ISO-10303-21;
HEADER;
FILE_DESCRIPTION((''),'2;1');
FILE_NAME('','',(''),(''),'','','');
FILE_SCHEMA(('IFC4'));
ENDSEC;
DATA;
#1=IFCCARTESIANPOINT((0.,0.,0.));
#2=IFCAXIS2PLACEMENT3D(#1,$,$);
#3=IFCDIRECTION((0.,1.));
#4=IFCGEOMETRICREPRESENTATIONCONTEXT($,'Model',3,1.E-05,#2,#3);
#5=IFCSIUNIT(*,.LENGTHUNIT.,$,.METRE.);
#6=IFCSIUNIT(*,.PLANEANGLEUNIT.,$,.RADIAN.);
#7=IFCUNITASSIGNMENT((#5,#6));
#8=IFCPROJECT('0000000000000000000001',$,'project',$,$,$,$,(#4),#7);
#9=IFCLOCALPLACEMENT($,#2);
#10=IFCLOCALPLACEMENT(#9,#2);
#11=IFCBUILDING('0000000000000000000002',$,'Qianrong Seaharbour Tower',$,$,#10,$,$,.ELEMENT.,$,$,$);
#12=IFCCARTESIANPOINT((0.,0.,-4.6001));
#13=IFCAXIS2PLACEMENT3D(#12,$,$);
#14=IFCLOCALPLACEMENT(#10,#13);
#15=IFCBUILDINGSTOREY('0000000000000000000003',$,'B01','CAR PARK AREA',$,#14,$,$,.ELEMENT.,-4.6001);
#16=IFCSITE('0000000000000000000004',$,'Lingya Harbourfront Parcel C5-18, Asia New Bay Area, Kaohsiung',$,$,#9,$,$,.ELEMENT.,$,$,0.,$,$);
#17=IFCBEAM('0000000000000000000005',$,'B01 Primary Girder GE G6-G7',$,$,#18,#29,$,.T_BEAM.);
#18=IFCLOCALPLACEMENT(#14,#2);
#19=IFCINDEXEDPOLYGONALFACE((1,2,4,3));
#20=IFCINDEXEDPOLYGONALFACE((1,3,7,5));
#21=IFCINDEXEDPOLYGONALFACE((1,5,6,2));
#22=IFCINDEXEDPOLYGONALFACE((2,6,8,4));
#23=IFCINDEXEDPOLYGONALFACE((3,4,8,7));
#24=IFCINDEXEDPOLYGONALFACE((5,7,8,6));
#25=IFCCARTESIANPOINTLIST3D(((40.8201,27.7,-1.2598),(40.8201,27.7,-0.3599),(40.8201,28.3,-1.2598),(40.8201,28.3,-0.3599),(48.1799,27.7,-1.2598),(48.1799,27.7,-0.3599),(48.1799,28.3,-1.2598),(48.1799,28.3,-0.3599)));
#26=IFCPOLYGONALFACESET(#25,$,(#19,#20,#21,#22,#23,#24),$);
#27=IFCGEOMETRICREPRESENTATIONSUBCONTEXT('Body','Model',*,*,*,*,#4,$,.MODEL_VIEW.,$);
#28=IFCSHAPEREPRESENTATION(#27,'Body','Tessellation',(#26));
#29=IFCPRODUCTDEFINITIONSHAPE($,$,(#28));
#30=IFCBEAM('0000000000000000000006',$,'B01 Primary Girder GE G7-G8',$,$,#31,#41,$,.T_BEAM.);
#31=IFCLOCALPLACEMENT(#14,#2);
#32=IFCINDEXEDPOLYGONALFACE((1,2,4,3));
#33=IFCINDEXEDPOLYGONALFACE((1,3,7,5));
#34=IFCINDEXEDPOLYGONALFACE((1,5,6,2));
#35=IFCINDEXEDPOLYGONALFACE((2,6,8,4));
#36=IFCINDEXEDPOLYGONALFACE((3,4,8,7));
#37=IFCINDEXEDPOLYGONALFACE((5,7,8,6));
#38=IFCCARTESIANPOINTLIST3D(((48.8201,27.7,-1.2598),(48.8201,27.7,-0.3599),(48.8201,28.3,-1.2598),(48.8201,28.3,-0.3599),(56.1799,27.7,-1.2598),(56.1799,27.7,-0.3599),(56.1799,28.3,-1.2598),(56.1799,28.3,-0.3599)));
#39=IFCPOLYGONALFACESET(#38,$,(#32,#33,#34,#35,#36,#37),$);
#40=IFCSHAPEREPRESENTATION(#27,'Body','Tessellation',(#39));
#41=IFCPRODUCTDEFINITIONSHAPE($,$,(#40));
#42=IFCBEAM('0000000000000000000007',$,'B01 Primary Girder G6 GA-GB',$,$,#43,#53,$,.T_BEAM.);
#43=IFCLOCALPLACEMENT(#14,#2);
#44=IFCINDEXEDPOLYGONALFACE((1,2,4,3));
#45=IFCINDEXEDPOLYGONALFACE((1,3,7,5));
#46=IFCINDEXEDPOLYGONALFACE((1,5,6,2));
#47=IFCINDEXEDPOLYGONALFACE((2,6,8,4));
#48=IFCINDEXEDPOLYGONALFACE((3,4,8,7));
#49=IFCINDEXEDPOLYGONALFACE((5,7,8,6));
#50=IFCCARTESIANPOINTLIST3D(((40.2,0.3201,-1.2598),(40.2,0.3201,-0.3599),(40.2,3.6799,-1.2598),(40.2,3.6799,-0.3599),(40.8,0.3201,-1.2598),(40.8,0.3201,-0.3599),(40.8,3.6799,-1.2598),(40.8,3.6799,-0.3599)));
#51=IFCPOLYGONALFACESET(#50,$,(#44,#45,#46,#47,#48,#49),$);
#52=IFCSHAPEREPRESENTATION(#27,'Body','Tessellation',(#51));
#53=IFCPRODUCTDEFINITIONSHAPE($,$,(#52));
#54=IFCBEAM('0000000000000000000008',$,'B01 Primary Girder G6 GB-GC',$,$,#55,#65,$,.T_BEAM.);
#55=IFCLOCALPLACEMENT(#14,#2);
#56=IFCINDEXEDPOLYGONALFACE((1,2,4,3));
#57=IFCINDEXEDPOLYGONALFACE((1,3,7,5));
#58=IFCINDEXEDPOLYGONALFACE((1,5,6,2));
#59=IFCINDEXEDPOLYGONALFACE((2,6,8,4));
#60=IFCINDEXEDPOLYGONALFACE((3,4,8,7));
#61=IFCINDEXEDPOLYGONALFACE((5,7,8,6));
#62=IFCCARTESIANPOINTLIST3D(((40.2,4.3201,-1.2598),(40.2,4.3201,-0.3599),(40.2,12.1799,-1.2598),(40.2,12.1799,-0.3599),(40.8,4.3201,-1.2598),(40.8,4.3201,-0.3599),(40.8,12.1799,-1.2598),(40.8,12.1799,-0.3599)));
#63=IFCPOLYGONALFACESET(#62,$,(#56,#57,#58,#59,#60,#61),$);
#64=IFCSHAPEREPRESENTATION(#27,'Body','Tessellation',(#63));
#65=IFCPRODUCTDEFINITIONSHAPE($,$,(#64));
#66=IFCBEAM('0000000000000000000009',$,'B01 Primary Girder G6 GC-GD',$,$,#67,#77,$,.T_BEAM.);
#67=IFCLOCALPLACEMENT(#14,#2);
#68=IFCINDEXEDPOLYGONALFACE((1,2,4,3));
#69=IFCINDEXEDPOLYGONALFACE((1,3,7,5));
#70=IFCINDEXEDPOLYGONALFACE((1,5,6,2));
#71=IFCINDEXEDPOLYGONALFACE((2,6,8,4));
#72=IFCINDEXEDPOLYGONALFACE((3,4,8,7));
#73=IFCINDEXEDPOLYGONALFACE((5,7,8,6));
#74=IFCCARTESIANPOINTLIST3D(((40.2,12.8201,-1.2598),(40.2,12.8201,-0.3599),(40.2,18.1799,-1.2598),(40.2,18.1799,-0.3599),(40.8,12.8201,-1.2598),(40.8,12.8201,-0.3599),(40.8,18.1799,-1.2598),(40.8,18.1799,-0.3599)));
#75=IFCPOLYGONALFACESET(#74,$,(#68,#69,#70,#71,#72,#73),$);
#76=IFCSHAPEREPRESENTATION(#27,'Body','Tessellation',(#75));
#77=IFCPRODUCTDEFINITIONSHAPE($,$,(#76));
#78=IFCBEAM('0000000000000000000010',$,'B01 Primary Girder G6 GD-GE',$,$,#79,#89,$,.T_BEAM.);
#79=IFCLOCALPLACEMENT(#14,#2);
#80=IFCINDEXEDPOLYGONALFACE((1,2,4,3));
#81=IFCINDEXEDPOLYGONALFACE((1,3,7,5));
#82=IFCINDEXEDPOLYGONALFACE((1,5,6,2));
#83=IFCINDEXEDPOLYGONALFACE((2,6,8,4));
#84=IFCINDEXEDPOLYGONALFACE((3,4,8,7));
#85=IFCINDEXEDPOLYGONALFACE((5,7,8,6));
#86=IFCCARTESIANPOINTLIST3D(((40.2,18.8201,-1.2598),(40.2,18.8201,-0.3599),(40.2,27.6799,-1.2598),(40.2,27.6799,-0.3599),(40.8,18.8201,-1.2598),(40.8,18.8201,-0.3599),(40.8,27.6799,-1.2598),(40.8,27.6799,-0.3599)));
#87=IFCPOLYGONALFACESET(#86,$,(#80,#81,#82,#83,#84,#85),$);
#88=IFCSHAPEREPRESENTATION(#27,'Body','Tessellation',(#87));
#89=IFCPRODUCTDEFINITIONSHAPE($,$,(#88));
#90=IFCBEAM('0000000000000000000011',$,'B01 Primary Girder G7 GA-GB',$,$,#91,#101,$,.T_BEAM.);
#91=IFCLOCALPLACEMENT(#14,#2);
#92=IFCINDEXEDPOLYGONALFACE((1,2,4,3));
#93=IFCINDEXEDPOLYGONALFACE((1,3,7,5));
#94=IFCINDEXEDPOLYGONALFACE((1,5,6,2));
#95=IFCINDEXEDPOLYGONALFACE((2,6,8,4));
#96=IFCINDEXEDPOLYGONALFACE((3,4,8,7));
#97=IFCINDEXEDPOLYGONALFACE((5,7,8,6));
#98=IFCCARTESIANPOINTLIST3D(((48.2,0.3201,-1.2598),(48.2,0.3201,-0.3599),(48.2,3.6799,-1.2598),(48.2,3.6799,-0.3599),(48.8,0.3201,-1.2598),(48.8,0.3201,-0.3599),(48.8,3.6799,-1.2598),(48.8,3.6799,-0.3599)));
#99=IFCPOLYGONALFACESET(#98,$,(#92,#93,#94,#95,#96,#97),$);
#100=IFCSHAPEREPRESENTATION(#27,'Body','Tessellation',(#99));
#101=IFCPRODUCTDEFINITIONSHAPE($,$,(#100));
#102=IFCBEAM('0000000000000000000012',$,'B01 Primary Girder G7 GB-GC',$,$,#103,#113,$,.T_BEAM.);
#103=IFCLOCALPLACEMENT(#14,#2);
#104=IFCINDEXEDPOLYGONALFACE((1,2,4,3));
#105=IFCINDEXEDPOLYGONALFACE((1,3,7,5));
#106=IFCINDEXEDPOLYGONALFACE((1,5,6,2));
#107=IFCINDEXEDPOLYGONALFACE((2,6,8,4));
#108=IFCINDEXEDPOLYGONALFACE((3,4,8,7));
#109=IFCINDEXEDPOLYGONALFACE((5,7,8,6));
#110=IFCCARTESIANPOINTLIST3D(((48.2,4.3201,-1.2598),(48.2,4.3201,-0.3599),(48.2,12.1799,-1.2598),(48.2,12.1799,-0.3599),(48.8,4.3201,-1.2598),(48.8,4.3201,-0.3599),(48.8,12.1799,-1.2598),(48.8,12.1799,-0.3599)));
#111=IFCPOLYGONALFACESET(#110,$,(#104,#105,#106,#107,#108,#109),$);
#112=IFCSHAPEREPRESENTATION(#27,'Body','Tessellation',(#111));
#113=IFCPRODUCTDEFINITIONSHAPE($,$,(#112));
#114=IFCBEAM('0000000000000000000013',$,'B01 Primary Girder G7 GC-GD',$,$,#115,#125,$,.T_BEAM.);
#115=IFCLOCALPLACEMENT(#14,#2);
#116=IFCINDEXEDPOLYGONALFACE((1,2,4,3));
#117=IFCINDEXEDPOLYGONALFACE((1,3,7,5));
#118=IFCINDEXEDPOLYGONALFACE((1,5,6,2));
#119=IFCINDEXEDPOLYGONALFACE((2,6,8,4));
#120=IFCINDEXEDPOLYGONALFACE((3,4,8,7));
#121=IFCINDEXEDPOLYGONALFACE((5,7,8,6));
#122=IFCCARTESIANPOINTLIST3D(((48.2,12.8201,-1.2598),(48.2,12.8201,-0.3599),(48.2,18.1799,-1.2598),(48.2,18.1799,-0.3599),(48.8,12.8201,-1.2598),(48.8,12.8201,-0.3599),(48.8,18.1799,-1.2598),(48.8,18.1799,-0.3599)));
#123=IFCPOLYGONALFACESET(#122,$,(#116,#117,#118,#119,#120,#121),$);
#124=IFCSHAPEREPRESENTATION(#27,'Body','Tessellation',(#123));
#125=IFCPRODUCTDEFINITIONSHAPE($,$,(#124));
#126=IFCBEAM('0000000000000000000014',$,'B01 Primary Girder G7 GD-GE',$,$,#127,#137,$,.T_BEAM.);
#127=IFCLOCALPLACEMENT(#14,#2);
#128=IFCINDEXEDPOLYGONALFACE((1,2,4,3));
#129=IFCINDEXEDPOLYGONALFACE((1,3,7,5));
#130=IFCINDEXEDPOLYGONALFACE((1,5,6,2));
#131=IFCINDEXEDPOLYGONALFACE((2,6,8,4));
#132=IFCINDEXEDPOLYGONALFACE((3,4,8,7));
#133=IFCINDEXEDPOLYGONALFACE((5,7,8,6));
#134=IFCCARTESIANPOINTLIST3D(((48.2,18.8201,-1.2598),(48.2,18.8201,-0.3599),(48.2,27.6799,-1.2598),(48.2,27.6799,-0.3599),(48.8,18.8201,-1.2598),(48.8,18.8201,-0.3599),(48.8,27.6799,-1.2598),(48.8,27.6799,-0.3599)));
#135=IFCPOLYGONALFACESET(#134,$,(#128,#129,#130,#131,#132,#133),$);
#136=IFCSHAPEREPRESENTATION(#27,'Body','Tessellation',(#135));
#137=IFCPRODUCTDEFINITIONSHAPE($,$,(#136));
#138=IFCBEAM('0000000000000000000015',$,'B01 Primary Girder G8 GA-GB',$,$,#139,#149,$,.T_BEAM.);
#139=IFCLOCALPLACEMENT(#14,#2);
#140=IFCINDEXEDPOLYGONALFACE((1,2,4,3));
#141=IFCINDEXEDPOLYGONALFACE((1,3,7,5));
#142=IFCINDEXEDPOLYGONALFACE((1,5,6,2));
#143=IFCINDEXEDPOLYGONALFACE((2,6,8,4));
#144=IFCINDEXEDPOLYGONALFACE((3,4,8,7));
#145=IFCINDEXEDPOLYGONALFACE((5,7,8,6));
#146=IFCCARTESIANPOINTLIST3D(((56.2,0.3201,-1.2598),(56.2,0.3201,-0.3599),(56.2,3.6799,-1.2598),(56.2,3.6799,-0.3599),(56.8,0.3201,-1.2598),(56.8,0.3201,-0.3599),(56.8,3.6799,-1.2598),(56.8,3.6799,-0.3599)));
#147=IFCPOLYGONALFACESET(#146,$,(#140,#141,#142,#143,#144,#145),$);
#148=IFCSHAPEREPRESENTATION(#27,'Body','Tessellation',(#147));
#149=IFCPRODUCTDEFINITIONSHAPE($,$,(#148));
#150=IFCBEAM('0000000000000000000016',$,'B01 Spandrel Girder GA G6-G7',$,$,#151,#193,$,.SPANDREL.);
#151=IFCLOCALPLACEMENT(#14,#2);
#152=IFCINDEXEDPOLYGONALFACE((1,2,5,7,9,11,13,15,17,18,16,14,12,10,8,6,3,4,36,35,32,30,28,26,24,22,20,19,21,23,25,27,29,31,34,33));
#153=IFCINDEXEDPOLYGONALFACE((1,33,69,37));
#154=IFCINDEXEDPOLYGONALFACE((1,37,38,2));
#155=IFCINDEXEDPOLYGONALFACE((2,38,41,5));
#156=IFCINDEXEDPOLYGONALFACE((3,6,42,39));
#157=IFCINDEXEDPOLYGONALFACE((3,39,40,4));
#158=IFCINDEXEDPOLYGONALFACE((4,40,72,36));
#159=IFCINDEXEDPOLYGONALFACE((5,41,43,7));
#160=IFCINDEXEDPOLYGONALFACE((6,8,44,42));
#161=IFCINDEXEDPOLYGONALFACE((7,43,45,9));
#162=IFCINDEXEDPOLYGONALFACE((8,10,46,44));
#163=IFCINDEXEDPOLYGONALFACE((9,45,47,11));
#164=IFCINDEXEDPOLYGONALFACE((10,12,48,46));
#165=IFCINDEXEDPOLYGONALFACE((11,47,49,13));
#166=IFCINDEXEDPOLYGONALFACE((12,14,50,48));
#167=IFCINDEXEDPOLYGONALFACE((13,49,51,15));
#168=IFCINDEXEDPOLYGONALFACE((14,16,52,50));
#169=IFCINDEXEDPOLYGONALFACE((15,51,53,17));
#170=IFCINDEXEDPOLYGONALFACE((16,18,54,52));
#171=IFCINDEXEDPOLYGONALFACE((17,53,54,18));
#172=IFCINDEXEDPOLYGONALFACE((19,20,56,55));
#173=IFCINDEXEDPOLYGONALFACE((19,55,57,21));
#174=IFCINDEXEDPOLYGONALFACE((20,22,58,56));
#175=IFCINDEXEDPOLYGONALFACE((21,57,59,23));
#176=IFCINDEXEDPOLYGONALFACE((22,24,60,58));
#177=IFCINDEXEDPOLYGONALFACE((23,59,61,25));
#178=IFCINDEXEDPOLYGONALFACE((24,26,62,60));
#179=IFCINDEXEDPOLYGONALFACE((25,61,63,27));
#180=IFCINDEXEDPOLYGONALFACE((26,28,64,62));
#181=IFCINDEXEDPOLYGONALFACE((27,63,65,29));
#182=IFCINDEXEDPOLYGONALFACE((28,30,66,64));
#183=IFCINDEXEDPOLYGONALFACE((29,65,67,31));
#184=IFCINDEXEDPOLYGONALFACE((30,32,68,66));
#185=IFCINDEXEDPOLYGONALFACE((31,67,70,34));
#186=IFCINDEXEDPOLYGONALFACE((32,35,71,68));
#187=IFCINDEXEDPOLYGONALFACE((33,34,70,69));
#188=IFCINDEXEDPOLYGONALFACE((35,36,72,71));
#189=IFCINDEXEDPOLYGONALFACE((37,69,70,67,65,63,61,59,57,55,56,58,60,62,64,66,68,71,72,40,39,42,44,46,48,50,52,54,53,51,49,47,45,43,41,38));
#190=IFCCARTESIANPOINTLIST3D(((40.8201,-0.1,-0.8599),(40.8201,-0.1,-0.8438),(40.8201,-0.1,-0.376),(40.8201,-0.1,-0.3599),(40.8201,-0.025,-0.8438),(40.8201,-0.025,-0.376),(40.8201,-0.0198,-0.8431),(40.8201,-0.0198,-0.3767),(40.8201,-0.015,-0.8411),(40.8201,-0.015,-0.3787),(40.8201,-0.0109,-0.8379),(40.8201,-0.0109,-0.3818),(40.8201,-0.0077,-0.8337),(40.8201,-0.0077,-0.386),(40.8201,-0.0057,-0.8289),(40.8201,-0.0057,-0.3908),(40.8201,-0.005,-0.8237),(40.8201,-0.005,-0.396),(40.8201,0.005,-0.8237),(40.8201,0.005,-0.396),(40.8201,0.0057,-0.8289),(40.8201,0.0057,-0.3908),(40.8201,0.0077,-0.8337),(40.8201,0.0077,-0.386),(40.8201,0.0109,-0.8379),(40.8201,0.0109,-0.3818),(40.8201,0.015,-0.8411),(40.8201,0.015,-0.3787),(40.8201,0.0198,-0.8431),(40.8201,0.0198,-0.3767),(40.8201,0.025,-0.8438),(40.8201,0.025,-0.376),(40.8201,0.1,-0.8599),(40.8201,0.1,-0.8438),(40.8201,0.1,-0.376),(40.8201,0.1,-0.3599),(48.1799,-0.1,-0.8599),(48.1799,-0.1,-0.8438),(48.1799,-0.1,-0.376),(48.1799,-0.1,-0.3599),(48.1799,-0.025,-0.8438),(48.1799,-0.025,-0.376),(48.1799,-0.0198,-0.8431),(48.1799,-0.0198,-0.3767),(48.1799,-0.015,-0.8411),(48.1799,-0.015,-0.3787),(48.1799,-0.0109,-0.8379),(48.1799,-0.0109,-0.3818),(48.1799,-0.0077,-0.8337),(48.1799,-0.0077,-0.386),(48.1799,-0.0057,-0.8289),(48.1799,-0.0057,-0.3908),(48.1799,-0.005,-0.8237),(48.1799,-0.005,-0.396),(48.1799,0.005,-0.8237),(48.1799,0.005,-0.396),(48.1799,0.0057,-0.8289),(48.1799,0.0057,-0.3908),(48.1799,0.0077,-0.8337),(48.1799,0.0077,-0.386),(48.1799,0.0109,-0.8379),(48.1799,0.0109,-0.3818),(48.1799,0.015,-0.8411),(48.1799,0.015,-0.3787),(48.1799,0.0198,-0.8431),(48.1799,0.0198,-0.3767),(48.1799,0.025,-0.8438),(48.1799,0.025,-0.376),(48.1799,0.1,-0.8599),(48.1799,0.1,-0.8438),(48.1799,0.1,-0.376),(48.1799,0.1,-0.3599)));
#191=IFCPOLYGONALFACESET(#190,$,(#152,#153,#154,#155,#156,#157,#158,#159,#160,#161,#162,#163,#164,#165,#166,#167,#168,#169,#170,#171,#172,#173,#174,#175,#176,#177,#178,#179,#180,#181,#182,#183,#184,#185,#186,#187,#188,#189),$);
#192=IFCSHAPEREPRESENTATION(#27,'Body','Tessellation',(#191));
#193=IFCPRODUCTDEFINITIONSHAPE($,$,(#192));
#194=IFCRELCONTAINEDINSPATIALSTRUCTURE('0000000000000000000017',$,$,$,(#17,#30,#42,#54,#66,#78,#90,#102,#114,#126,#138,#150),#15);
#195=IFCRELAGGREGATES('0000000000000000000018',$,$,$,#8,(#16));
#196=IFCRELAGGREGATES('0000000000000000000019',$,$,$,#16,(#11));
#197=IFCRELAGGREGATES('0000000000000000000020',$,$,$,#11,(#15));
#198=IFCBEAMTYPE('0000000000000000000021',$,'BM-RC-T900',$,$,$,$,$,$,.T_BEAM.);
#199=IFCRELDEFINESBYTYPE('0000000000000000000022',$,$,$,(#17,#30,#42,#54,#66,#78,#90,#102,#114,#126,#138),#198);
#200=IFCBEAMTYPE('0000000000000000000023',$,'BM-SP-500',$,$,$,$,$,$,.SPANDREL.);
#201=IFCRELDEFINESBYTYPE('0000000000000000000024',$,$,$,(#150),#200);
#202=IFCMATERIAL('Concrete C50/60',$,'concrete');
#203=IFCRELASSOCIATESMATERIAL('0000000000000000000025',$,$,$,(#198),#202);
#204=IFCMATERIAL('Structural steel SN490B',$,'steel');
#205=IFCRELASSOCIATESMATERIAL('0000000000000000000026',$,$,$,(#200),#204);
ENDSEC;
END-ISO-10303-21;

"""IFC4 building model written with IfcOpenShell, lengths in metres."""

from ifc_helpers import new_model, si_unit, direction, frame, origin, origin_2d, place, context, subcontext, project, spatial, rectangle, i_section, extrude, material, material_profile, profile_set, type_object, element, save


model = new_model("IFC4")

# Units and contexts
model_context = context("Model", 3, precision=1e-05, world=origin(), true_north=direction((0.0, 1.0)))
body_context = subcontext(model_context, "Body", "Model", "MODEL_VIEW")
ifc_project = project(units=[si_unit("LENGTHUNIT", "METRE"), si_unit("PLANEANGLEUNIT", "RADIAN")], contexts=[model_context])

# Site, building, storey
site_placement = place(None, origin())
site = spatial("IfcSite", under=ifc_project, at=site_placement, Name="Lingya Harbourfront Parcel C5-18, Asia New Bay Area, Kaohsiung", CompositionType="ELEMENT", RefElevation=0.0)
building_placement = place(site_placement, origin())
building = spatial("IfcBuilding", under=site, at=building_placement, Name="Qianrong Seaharbour Tower", CompositionType="ELEMENT")
storey_placement = place(building_placement, frame((0.0, 0.0, -4.6001)))
storey = spatial("IfcBuildingStorey", under=building, at=storey_placement, Name="B01", Description="CAR PARK AREA", CompositionType="ELEMENT", Elevation=-4.6001)

# Shared definitions
ifc_material_1 = material(Name="Structural steel SN490B", Category="steel")

# Beams
ifc_material_2 = material(Name="Concrete C50/60", Category="concrete")
ifc_material_profile_1 = material_profile(ifc_material_2, rectangle(XDim=0.6001, YDim=0.8999, at=origin_2d()), Name="RC600x900")
ifc_profile_set_1 = profile_set([ifc_material_profile_1], Name="Concrete C50/60")
beam_type_1 = type_object("IfcBeamType", Name="BM-RC-T900", PredefinedType="T_BEAM", material=ifc_profile_set_1)
for number, where, z_axis, x_axis, name in (
    (1, (40.8201, 28.0, -0.8098), (1.0, 0.0, 0.0), (0.0, 1.0, 0.0), "B01 Primary Girder GE G6-G7"),
    (2, (48.8201, 28.0, -0.8098), (1.0, 0.0, 0.0), (0.0, 1.0, 0.0), "B01 Primary Girder GE G7-G8"),
):
    element("IfcBeam", number, at=place(storey_placement, frame(where, z_axis=z_axis, x_axis=x_axis)), inside=storey, type_object=beam_type_1, Name=name, PredefinedType="T_BEAM", context=body_context, shape_type="SweptSolid", body=[
        extrude(rectangle(XDim=0.6001, YDim=0.8999, at=origin_2d()), origin(), (0.0, 0.0, 1.0), 7.3599),
    ])
beam_1_placement = place(storey_placement, frame((40.5, 0.3201, -0.8098), z_axis=(0.0, 1.0, 0.0), x_axis=(-1.0, 0.0, 0.0)))
element("IfcBeam", 3, at=beam_1_placement, inside=storey, type_object=beam_type_1, Name="B01 Primary Girder G6 GA-GB", PredefinedType="T_BEAM", context=body_context, shape_type="SweptSolid", body=[
    extrude(rectangle(XDim=0.6001, YDim=0.8999, at=origin_2d()), origin(), (0.0, 0.0, 1.0), 3.3599),
])
beam_2_placement = place(storey_placement, frame((40.5, 4.3201, -0.8098), z_axis=(0.0, 1.0, 0.0), x_axis=(-1.0, 0.0, 0.0)))
element("IfcBeam", 4, at=beam_2_placement, inside=storey, type_object=beam_type_1, Name="B01 Primary Girder G6 GB-GC", PredefinedType="T_BEAM", context=body_context, shape_type="SweptSolid", body=[
    extrude(rectangle(XDim=0.6001, YDim=0.8999, at=origin_2d()), origin(), (0.0, 0.0, 1.0), 7.8599),
])
beam_3_placement = place(storey_placement, frame((40.5, 12.8201, -0.8098), z_axis=(0.0, 1.0, 0.0), x_axis=(-1.0, 0.0, 0.0)))
element("IfcBeam", 5, at=beam_3_placement, inside=storey, type_object=beam_type_1, Name="B01 Primary Girder G6 GC-GD", PredefinedType="T_BEAM", context=body_context, shape_type="SweptSolid", body=[
    extrude(rectangle(XDim=0.6001, YDim=0.8999, at=origin_2d()), origin(), (0.0, 0.0, 1.0), 5.3599),
])
beam_4_placement = place(storey_placement, frame((40.5, 18.8201, -0.8098), z_axis=(0.0, 1.0, 0.0), x_axis=(-1.0, 0.0, 0.0)))
element("IfcBeam", 6, at=beam_4_placement, inside=storey, type_object=beam_type_1, Name="B01 Primary Girder G6 GD-GE", PredefinedType="T_BEAM", context=body_context, shape_type="SweptSolid", body=[
    extrude(rectangle(XDim=0.6001, YDim=0.8999, at=origin_2d()), origin(), (0.0, 0.0, 1.0), 8.8599),
])
beam_5_placement = place(storey_placement, frame((48.5, 0.3201, -0.8098), z_axis=(0.0, 1.0, 0.0), x_axis=(-1.0, 0.0, 0.0)))
element("IfcBeam", 7, at=beam_5_placement, inside=storey, type_object=beam_type_1, Name="B01 Primary Girder G7 GA-GB", PredefinedType="T_BEAM", context=body_context, shape_type="SweptSolid", body=[
    extrude(rectangle(XDim=0.6001, YDim=0.8999, at=origin_2d()), origin(), (0.0, 0.0, 1.0), 3.3599),
])
beam_6_placement = place(storey_placement, frame((48.5, 4.3201, -0.8098), z_axis=(0.0, 1.0, 0.0), x_axis=(-1.0, 0.0, 0.0)))
element("IfcBeam", 8, at=beam_6_placement, inside=storey, type_object=beam_type_1, Name="B01 Primary Girder G7 GB-GC", PredefinedType="T_BEAM", context=body_context, shape_type="SweptSolid", body=[
    extrude(rectangle(XDim=0.6001, YDim=0.8999, at=origin_2d()), origin(), (0.0, 0.0, 1.0), 7.8599),
])
beam_7_placement = place(storey_placement, frame((48.5, 12.8201, -0.8098), z_axis=(0.0, 1.0, 0.0), x_axis=(-1.0, 0.0, 0.0)))
element("IfcBeam", 9, at=beam_7_placement, inside=storey, type_object=beam_type_1, Name="B01 Primary Girder G7 GC-GD", PredefinedType="T_BEAM", context=body_context, shape_type="SweptSolid", body=[
    extrude(rectangle(XDim=0.6001, YDim=0.8999, at=origin_2d()), origin(), (0.0, 0.0, 1.0), 5.3599),
])
beam_8_placement = place(storey_placement, frame((48.5, 18.8201, -0.8098), z_axis=(0.0, 1.0, 0.0), x_axis=(-1.0, 0.0, 0.0)))
element("IfcBeam", 10, at=beam_8_placement, inside=storey, type_object=beam_type_1, Name="B01 Primary Girder G7 GD-GE", PredefinedType="T_BEAM", context=body_context, shape_type="SweptSolid", body=[
    extrude(rectangle(XDim=0.6001, YDim=0.8999, at=origin_2d()), origin(), (0.0, 0.0, 1.0), 8.8599),
])
beam_9_placement = place(storey_placement, frame((56.5, 0.3201, -0.8098), z_axis=(0.0, 1.0, 0.0), x_axis=(-1.0, 0.0, 0.0)))
element("IfcBeam", 11, at=beam_9_placement, inside=storey, type_object=beam_type_1, Name="B01 Primary Girder G8 GA-GB", PredefinedType="T_BEAM", context=body_context, shape_type="SweptSolid", body=[
    extrude(rectangle(XDim=0.6001, YDim=0.8999, at=origin_2d()), origin(), (0.0, 0.0, 1.0), 3.3599),
])
ifc_material_profile_2 = material_profile(ifc_material_1, i_section(OverallWidth=0.2, OverallDepth=0.5, WebThickness=0.01, FlangeThickness=0.0161, FilletRadius=0.02, at=origin_2d()), Name="H500x200x10x16")
ifc_profile_set_2 = profile_set([ifc_material_profile_2], Name="Structural steel SN490B")
beam_type_2 = type_object("IfcBeamType", Name="BM-SP-500", PredefinedType="SPANDREL", material=ifc_profile_set_2)
for number, where, z_axis, x_axis, name in (
    (12, (40.8201, 0.0, -0.6099), (1.0, 0.0, 0.0), (0.0, 1.0, 0.0), "B01 Spandrel Girder GA G6-G7"),
):
    element("IfcBeam", number, at=place(storey_placement, frame(where, z_axis=z_axis, x_axis=x_axis)), inside=storey, type_object=beam_type_2, Name=name, PredefinedType="SPANDREL", context=body_context, shape_type="SweptSolid", body=[
        extrude(i_section(OverallWidth=0.2, OverallDepth=0.5, WebThickness=0.01, FlangeThickness=0.0161, FilletRadius=0.02, at=origin_2d()), origin(), (0.0, 0.0, 1.0), 7.3599),
    ])

save(model, "model.ifc")
